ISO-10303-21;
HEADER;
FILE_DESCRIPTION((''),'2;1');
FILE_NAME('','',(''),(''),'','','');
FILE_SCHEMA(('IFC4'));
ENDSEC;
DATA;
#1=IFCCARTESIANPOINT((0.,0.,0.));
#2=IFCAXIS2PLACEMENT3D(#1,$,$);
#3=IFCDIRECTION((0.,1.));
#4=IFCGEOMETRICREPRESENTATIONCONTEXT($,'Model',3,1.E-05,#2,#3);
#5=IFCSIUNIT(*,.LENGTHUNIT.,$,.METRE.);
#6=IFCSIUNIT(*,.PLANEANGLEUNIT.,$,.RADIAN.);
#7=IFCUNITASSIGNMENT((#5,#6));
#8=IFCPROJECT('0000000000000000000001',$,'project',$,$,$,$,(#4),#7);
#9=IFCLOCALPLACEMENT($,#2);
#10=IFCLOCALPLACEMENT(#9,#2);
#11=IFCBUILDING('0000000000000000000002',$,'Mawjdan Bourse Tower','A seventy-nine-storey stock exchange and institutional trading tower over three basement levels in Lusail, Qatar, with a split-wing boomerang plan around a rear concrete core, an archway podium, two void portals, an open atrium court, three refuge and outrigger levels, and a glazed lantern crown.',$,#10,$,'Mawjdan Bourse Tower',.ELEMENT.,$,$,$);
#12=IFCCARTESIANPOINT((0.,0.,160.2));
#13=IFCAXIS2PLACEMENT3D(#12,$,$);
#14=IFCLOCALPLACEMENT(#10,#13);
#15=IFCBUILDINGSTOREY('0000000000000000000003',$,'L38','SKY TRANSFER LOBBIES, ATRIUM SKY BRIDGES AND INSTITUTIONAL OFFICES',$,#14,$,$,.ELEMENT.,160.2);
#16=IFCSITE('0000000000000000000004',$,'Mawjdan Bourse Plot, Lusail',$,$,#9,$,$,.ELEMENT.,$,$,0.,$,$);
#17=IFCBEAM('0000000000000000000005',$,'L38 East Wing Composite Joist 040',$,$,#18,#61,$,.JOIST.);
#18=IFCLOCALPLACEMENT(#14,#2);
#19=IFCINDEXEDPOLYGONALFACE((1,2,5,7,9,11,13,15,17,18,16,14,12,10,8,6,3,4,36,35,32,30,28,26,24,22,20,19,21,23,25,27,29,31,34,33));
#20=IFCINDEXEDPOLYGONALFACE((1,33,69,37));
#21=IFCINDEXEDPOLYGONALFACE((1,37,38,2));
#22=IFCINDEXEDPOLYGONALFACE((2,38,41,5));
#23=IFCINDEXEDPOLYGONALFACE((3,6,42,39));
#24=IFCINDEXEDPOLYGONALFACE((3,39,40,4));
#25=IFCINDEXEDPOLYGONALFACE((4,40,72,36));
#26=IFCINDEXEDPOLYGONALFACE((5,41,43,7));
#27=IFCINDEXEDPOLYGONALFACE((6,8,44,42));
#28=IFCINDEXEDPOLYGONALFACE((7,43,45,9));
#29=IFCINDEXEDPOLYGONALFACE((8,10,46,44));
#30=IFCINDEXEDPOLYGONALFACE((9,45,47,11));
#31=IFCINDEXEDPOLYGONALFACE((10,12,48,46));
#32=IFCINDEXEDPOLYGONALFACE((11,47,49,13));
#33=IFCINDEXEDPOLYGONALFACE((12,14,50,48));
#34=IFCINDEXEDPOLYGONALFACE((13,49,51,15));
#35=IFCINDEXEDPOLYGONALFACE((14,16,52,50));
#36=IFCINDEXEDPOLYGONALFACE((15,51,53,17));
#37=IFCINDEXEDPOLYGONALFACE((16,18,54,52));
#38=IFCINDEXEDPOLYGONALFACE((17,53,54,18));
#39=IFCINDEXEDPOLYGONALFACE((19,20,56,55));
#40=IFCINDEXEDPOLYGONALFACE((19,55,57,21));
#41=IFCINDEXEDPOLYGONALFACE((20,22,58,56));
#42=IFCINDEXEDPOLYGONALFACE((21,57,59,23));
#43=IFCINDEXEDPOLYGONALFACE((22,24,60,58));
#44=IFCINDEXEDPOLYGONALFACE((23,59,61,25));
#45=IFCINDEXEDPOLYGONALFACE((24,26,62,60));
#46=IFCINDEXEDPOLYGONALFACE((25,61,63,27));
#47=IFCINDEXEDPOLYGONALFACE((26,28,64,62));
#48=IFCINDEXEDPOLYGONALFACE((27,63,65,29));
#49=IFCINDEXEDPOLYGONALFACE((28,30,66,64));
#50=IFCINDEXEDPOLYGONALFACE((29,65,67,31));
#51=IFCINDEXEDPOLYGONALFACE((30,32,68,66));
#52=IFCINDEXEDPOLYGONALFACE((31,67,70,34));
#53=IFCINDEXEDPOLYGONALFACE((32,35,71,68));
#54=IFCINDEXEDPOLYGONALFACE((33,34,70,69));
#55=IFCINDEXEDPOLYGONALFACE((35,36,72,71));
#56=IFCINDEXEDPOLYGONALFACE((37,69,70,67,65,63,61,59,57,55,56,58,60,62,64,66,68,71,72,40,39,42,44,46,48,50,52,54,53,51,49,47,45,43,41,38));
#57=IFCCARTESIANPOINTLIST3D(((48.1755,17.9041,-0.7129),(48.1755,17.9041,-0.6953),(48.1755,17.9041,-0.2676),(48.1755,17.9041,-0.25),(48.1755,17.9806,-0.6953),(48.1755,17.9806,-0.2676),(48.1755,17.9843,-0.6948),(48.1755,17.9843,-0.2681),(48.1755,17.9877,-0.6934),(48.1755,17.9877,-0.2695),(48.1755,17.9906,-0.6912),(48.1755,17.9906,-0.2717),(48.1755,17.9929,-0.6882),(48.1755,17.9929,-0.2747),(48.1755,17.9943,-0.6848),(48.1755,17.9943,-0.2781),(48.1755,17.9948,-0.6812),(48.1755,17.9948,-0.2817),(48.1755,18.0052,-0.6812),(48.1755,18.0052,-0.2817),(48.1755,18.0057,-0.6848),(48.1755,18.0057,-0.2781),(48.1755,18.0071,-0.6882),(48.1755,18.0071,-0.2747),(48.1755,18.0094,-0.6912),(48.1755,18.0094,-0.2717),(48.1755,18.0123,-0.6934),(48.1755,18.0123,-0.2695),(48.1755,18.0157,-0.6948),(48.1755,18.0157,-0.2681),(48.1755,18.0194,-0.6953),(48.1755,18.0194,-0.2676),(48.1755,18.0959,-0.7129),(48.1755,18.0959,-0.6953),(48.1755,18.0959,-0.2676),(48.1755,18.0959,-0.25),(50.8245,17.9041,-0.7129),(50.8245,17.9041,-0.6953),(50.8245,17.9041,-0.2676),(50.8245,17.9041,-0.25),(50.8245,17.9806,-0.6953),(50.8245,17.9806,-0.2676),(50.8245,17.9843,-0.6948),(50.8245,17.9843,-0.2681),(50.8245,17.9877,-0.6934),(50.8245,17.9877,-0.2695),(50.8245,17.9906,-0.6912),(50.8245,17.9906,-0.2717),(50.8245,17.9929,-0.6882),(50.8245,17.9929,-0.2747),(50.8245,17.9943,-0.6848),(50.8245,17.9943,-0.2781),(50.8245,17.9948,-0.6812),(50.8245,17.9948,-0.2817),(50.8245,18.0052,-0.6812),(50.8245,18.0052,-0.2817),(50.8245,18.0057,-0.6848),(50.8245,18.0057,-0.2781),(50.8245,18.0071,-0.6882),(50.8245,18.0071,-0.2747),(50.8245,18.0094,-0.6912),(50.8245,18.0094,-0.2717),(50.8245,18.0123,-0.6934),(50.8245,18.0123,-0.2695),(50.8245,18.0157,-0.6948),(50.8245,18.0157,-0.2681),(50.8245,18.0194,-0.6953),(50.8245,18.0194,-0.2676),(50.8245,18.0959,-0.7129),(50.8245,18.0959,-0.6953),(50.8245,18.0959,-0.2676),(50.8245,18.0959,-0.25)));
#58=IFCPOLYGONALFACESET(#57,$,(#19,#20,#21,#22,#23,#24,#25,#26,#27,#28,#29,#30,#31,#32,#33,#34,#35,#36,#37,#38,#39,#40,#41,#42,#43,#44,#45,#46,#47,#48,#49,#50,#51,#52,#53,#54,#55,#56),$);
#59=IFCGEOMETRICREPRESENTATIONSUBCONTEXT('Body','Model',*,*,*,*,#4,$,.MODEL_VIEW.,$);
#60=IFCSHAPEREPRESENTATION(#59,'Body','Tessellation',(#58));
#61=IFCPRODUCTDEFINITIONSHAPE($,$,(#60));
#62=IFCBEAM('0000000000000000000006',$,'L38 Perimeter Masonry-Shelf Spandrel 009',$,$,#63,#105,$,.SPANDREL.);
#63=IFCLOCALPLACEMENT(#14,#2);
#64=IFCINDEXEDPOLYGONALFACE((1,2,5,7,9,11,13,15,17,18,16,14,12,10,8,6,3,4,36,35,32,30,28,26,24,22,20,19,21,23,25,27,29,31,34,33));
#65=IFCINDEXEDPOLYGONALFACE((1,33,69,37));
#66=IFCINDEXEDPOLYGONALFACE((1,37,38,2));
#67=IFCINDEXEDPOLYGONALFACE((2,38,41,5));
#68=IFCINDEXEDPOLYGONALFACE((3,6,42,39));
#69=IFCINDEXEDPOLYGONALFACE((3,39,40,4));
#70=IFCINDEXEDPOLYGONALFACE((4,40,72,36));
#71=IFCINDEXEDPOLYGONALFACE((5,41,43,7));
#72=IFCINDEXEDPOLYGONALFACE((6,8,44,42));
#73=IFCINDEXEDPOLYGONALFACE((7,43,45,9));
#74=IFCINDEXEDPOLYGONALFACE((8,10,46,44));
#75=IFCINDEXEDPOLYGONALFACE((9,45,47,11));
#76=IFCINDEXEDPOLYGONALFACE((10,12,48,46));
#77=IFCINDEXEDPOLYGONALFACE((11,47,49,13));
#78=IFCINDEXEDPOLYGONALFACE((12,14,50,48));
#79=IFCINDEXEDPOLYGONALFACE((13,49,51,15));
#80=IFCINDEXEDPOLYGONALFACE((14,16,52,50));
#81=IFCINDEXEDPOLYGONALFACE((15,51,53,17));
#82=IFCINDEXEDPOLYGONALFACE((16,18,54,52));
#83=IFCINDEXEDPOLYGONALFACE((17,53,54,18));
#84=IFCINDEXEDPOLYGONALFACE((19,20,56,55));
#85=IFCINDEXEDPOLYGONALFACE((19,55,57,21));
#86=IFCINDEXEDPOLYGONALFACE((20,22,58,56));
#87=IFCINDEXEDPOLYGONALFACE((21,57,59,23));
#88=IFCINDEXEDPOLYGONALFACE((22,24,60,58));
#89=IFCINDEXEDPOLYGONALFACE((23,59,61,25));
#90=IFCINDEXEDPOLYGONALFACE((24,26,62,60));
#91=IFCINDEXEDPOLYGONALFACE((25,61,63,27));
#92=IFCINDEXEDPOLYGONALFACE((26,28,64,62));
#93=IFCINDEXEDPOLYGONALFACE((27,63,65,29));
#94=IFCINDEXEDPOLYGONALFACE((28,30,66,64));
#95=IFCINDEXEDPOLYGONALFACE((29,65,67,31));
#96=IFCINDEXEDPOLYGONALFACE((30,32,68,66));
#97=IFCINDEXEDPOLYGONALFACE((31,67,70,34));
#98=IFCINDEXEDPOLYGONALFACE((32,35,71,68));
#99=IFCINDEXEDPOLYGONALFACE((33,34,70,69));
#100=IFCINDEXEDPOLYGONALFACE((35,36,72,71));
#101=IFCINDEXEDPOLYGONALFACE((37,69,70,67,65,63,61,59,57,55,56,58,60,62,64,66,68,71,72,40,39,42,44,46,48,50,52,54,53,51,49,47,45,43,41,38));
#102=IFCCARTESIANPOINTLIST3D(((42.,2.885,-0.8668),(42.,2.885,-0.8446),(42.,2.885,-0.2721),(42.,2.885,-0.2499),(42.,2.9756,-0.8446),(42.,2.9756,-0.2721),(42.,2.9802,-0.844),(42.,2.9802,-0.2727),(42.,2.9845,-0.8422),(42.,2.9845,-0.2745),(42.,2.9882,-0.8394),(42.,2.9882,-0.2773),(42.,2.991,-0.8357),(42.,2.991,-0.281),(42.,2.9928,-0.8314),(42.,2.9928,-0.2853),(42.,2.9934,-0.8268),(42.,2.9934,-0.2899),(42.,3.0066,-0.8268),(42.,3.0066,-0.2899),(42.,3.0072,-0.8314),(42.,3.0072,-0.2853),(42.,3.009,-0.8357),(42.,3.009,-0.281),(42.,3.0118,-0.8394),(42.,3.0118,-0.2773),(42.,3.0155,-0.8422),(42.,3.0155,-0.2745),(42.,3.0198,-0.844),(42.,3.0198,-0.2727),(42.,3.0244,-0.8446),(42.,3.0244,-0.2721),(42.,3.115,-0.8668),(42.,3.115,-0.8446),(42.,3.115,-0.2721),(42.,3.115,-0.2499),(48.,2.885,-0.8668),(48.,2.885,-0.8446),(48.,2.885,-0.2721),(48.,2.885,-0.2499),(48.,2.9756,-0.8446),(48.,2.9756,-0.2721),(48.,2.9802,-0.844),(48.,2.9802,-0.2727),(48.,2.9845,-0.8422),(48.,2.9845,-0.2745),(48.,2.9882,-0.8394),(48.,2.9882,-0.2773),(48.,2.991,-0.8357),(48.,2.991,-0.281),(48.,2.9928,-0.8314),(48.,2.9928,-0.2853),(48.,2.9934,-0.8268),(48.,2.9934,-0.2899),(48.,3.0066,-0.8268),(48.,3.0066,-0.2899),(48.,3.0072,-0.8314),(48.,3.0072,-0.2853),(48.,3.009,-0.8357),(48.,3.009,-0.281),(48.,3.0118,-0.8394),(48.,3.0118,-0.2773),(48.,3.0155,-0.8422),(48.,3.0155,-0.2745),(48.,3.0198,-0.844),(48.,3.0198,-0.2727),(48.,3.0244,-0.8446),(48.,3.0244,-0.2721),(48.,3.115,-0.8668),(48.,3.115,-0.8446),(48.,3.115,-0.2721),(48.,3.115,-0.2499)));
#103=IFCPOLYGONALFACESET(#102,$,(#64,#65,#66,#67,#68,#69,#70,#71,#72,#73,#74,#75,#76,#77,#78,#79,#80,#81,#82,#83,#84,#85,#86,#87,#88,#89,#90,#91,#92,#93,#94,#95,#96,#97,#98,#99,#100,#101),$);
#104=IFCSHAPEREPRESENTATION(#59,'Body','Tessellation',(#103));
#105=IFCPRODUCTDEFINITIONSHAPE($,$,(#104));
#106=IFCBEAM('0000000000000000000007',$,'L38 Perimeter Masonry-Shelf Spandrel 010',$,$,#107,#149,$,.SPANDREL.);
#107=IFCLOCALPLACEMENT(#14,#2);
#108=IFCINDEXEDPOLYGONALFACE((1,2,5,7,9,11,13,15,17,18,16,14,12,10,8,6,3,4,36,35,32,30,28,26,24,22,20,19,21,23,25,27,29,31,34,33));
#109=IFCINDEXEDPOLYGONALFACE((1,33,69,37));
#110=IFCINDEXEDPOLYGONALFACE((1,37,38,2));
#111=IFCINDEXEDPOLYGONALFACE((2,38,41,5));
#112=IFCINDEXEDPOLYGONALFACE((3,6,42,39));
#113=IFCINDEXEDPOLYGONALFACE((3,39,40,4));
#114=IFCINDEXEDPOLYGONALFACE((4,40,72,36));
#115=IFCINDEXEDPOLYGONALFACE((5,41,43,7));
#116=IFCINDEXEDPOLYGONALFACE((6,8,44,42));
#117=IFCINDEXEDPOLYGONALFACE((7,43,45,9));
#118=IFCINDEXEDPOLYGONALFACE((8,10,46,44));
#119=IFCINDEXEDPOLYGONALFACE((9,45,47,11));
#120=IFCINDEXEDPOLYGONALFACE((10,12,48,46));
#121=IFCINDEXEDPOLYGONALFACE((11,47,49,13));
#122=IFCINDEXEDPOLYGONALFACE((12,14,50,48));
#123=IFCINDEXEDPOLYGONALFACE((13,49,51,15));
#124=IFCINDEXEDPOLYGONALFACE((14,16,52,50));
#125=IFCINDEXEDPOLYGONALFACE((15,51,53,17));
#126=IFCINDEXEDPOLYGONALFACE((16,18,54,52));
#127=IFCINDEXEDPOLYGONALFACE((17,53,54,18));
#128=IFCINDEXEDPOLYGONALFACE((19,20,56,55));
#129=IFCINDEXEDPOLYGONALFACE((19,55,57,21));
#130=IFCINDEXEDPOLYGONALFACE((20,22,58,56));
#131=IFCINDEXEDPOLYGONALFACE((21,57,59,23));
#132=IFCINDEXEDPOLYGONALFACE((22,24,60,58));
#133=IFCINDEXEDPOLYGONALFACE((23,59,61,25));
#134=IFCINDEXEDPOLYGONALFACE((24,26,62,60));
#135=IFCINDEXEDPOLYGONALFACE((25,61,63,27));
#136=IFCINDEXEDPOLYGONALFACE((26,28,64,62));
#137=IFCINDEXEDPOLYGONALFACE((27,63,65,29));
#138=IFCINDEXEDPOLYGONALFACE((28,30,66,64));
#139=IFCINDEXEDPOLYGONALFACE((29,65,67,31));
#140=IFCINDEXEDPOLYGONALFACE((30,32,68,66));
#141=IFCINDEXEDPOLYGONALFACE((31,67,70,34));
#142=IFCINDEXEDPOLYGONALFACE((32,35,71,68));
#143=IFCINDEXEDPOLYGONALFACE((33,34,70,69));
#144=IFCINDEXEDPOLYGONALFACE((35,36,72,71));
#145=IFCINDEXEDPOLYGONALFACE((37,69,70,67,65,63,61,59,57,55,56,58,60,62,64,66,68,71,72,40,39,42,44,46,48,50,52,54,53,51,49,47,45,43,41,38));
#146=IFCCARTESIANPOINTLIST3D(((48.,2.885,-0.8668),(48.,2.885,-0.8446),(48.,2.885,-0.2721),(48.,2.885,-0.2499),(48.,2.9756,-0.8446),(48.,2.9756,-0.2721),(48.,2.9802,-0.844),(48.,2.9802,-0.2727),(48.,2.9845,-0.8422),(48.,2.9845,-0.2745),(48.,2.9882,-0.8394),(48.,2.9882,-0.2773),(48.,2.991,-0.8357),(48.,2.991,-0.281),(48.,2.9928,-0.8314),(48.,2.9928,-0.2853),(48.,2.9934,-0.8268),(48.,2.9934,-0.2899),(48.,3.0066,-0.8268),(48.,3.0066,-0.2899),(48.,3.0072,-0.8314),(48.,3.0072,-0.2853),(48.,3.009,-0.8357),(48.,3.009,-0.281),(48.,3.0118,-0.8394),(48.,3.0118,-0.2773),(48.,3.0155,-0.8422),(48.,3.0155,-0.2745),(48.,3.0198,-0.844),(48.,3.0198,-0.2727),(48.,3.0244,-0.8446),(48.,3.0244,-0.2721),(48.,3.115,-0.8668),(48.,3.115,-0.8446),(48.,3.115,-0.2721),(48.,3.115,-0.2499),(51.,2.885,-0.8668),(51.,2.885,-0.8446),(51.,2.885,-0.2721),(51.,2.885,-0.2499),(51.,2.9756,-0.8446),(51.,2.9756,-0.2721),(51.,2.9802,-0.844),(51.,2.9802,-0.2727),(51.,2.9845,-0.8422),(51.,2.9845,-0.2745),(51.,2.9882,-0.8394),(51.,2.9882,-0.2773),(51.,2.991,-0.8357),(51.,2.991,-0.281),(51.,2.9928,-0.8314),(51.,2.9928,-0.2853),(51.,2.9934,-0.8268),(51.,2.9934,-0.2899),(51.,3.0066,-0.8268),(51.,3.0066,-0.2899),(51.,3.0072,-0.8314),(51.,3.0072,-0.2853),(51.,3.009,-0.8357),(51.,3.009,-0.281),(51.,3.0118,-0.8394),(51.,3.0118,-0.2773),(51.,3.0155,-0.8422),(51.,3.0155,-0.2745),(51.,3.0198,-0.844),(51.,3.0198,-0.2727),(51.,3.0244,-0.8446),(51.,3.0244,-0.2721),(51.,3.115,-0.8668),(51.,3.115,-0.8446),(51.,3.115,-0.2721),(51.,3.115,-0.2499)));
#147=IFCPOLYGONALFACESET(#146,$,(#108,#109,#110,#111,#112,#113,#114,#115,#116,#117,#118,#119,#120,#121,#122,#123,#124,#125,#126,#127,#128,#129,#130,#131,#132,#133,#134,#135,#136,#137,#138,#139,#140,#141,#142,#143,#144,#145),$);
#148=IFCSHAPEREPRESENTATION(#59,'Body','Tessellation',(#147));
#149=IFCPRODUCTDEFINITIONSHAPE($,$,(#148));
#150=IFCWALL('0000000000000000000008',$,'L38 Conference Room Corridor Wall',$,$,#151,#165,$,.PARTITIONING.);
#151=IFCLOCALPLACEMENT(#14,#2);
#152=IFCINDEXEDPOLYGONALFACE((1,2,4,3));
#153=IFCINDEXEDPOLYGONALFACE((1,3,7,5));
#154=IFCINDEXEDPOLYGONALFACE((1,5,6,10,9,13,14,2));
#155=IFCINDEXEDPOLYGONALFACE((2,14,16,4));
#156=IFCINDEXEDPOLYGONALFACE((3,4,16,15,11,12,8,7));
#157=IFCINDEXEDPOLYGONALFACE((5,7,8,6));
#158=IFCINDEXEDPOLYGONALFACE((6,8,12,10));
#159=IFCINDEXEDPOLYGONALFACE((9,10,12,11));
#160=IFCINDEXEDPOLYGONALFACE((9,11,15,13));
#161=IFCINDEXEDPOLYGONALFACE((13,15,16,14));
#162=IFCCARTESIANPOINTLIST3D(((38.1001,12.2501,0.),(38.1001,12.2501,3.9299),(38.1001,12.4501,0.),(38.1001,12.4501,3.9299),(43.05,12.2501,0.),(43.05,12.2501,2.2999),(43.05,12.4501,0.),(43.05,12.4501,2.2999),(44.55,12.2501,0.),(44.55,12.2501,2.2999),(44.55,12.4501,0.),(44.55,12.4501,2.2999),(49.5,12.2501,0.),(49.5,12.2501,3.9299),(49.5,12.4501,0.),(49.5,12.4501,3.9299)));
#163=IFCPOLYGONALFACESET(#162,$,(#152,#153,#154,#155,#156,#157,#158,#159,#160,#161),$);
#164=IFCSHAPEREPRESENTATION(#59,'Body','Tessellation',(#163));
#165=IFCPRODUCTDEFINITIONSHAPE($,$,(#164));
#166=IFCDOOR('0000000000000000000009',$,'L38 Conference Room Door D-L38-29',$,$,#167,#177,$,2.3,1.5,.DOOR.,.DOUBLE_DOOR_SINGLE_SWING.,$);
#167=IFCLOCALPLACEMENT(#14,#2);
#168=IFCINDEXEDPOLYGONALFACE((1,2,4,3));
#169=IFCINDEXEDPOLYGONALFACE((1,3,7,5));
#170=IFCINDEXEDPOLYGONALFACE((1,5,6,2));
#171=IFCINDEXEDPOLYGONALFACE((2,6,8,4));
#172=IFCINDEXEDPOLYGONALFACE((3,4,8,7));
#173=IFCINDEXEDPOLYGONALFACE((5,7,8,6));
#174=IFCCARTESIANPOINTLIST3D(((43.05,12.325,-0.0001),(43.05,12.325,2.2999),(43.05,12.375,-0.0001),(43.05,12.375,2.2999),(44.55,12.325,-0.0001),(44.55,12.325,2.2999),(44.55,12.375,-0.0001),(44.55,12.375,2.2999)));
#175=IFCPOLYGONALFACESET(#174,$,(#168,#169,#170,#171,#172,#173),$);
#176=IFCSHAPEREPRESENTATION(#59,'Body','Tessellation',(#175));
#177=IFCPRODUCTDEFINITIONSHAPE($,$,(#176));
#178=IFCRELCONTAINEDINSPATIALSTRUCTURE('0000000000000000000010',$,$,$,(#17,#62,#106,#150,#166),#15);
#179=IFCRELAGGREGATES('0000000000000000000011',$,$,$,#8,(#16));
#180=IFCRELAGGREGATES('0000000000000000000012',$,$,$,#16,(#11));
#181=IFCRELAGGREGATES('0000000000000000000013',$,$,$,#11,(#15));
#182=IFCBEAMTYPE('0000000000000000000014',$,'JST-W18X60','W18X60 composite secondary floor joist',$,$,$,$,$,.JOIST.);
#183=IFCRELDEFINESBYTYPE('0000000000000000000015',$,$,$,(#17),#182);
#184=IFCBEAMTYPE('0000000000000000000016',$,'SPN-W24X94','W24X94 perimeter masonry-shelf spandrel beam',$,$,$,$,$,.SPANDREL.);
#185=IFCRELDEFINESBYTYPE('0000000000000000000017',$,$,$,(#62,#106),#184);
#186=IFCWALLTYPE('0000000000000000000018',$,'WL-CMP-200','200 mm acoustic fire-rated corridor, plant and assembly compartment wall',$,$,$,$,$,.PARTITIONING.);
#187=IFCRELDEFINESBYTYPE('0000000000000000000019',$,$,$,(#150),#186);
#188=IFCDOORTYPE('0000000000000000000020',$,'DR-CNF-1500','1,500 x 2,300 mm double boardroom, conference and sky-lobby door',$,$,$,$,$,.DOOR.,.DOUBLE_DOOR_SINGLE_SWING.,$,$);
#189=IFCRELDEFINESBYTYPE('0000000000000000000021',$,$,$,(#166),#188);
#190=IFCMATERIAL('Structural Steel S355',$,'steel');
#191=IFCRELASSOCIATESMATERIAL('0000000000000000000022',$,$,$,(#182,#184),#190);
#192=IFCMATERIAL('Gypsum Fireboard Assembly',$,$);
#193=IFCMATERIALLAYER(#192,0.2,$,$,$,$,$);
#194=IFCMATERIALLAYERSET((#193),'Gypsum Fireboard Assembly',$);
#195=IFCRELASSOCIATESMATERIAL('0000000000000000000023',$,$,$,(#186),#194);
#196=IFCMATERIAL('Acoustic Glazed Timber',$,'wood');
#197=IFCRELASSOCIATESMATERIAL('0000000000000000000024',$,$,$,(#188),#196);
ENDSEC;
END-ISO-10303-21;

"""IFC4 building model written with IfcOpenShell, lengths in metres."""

from ifc_helpers import new_model, si_unit, direction, frame, frame_2d, origin, origin_2d, place, context, subcontext, project, spatial, rectangle, i_section, extrude, material, layer, layer_set, material_profile, profile_set, type_object, element, fill, save


model = new_model("IFC4")

# Units and contexts
model_context = context("Model", 3, precision=1e-05, world=origin(), true_north=direction((0.0, 1.0)))
body_context = subcontext(model_context, "Body", "Model", "MODEL_VIEW")
ifc_project = project(units=[si_unit("LENGTHUNIT", "METRE"), si_unit("PLANEANGLEUNIT", "RADIAN")], contexts=[model_context])

# Site, building, storey
site_placement = place(None, origin())
site = spatial("IfcSite", under=ifc_project, at=site_placement, Name="Mawjdan Bourse Plot, Lusail", CompositionType="ELEMENT", RefElevation=0.0)
building_placement = place(site_placement, origin())
building = spatial("IfcBuilding", under=site, at=building_placement, Name="Mawjdan Bourse Tower", Description="A seventy-nine-storey stock exchange and institutional trading tower over three basement levels in Lusail, Qatar, with a split-wing boomerang plan around a rear concrete core, an archway podium, two void portals, an open atrium court, three refuge and outrigger levels, and a glazed lantern crown.", LongName="Mawjdan Bourse Tower", CompositionType="ELEMENT")
storey_placement = place(building_placement, frame((0.0, 0.0, 160.2)))
storey = spatial("IfcBuildingStorey", under=building, at=storey_placement, Name="L38", Description="SKY TRANSFER LOBBIES, ATRIUM SKY BRIDGES AND INSTITUTIONAL OFFICES", CompositionType="ELEMENT", Elevation=160.2)

# Beams
ifc_material_1 = material(Name="Structural Steel S355", Category="steel")
ifc_material_profile_1 = material_profile(ifc_material_1, i_section(OverallWidth=0.1919, OverallDepth=0.4629, WebThickness=0.0105, FlangeThickness=0.0176, FilletRadius=0.0142, at=origin_2d()), Name="W18X60")
ifc_profile_set_1 = profile_set([ifc_material_profile_1], Name="Structural Steel S355")
beam_type_1 = type_object("IfcBeamType", Name="JST-W18X60", Description="W18X60 composite secondary floor joist", PredefinedType="JOIST", material=ifc_profile_set_1)
beam_1_placement = place(storey_placement, frame((48.1755, 18.0, -0.4814), z_axis=(1.0, 0.0, 0.0), x_axis=(0.0, 1.0, 0.0)))
element("IfcBeam", 1, at=beam_1_placement, inside=storey, type_object=beam_type_1, Name="L38 East Wing Composite Joist 040", PredefinedType="JOIST", context=body_context, shape_type="SweptSolid", body=[
    extrude(i_section(OverallWidth=0.1919, OverallDepth=0.4629, WebThickness=0.0105, FlangeThickness=0.0176, FilletRadius=0.0142, at=origin_2d()), origin(), (0.0, 0.0, 1.0), 2.6489),
])
ifc_material_profile_2 = material_profile(ifc_material_1, i_section(OverallWidth=0.23, OverallDepth=0.6169, WebThickness=0.0132, FlangeThickness=0.0222, FilletRadius=0.0178, at=origin_2d()), Name="W24X94")
ifc_profile_set_2 = profile_set([ifc_material_profile_2], Name="Structural Steel S355")
beam_type_2 = type_object("IfcBeamType", Name="SPN-W24X94", Description="W24X94 perimeter masonry-shelf spandrel beam", PredefinedType="SPANDREL", material=ifc_profile_set_2)
beam_2_placement = place(storey_placement, frame((42.0, 3.0, -0.5583), z_axis=(1.0, 0.0, 0.0), x_axis=(0.0, 1.0, 0.0)))
element("IfcBeam", 2, at=beam_2_placement, inside=storey, type_object=beam_type_2, Name="L38 Perimeter Masonry-Shelf Spandrel 009", PredefinedType="SPANDREL", context=body_context, shape_type="SweptSolid", body=[
    extrude(i_section(OverallWidth=0.23, OverallDepth=0.6169, WebThickness=0.0132, FlangeThickness=0.0222, FilletRadius=0.0178, at=origin_2d()), origin(), (0.0, 0.0, 1.0), 6.0),
])
beam_3_placement = place(storey_placement, frame((48.0, 3.0, -0.5583), z_axis=(1.0, 0.0, 0.0), x_axis=(0.0, 1.0, 0.0)))
element("IfcBeam", 3, at=beam_3_placement, inside=storey, type_object=beam_type_2, Name="L38 Perimeter Masonry-Shelf Spandrel 010", PredefinedType="SPANDREL", context=body_context, shape_type="SweptSolid", body=[
    extrude(i_section(OverallWidth=0.23, OverallDepth=0.6169, WebThickness=0.0132, FlangeThickness=0.0222, FilletRadius=0.0178, at=origin_2d()), origin(), (0.0, 0.0, 1.0), 3.0),
])

# Wall, opening, door
ifc_material_2 = material(Name="Gypsum Fireboard Assembly")
ifc_layer_1 = layer(ifc_material_2, 0.2)
ifc_layer_set_1 = layer_set([ifc_layer_1], Name="Gypsum Fireboard Assembly")
wall_type_1 = type_object("IfcWallType", Name="WL-CMP-200", Description="200 mm acoustic fire-rated corridor, plant and assembly compartment wall", PredefinedType="PARTITIONING", material=ifc_layer_set_1)
wall_1_placement = place(storey_placement, frame((38.1001, 12.3501, 0.0), z_axis=(0.0, 0.0, 1.0), x_axis=(1.0, 0.0, 0.0)))
wall_1 = element("IfcWall", 4, at=wall_1_placement, inside=storey, type_object=wall_type_1, Name="L38 Conference Room Corridor Wall", PredefinedType="PARTITIONING", context=body_context, shape_type="SweptSolid", body=[
    extrude(rectangle(XDim=11.3999, YDim=0.2, at=frame_2d((5.7, 0.0))), origin(), (0.0, 0.0, 1.0), 3.9299),
])
opening_placement = place(wall_1_placement, frame((4.95, 0.0, 0.0)))
opening = element("IfcOpeningElement", 5, at=opening_placement, cuts=wall_1, PredefinedType="OPENING", context=body_context, shape_type="SweptSolid", body=[
    extrude(rectangle(XDim=1.5, YDim=2.3, at=frame_2d((0.75, 1.1499))), frame((0.0, 0.1099, 0.0), z_axis=(0.0, -1.0, 0.0), x_axis=(1.0, 0.0, 0.0)), (0.0, 0.0, 1.0), 0.22),
])
ifc_material_3 = material(Name="Acoustic Glazed Timber", Category="wood")
door_type = type_object("IfcDoorType", Name="DR-CNF-1500", Description="1,500 x 2,300 mm double boardroom, conference and sky-lobby door", OperationType="DOUBLE_DOOR_SINGLE_SWING", PredefinedType="DOOR", material=ifc_material_3)
door_placement = place(opening_placement, origin())
door = element("IfcDoor", 6, at=door_placement, inside=storey, type_object=door_type, Name="L38 Conference Room Door D-L38-29", OperationType="DOUBLE_DOOR_SINGLE_SWING", OverallHeight=2.3, OverallWidth=1.5, PredefinedType="DOOR", context=body_context, shape_type="SweptSolid", body=[
    extrude(rectangle(XDim=1.5, YDim=2.3, at=frame_2d((0.75, 1.1499))), frame((0.0, 0.0249, 0.0), z_axis=(0.0, -1.0, 0.0), x_axis=(1.0, 0.0, 0.0)), (0.0, 0.0, 1.0), 0.05),
])
fill(opening, door)

save(model, "model.ifc")
